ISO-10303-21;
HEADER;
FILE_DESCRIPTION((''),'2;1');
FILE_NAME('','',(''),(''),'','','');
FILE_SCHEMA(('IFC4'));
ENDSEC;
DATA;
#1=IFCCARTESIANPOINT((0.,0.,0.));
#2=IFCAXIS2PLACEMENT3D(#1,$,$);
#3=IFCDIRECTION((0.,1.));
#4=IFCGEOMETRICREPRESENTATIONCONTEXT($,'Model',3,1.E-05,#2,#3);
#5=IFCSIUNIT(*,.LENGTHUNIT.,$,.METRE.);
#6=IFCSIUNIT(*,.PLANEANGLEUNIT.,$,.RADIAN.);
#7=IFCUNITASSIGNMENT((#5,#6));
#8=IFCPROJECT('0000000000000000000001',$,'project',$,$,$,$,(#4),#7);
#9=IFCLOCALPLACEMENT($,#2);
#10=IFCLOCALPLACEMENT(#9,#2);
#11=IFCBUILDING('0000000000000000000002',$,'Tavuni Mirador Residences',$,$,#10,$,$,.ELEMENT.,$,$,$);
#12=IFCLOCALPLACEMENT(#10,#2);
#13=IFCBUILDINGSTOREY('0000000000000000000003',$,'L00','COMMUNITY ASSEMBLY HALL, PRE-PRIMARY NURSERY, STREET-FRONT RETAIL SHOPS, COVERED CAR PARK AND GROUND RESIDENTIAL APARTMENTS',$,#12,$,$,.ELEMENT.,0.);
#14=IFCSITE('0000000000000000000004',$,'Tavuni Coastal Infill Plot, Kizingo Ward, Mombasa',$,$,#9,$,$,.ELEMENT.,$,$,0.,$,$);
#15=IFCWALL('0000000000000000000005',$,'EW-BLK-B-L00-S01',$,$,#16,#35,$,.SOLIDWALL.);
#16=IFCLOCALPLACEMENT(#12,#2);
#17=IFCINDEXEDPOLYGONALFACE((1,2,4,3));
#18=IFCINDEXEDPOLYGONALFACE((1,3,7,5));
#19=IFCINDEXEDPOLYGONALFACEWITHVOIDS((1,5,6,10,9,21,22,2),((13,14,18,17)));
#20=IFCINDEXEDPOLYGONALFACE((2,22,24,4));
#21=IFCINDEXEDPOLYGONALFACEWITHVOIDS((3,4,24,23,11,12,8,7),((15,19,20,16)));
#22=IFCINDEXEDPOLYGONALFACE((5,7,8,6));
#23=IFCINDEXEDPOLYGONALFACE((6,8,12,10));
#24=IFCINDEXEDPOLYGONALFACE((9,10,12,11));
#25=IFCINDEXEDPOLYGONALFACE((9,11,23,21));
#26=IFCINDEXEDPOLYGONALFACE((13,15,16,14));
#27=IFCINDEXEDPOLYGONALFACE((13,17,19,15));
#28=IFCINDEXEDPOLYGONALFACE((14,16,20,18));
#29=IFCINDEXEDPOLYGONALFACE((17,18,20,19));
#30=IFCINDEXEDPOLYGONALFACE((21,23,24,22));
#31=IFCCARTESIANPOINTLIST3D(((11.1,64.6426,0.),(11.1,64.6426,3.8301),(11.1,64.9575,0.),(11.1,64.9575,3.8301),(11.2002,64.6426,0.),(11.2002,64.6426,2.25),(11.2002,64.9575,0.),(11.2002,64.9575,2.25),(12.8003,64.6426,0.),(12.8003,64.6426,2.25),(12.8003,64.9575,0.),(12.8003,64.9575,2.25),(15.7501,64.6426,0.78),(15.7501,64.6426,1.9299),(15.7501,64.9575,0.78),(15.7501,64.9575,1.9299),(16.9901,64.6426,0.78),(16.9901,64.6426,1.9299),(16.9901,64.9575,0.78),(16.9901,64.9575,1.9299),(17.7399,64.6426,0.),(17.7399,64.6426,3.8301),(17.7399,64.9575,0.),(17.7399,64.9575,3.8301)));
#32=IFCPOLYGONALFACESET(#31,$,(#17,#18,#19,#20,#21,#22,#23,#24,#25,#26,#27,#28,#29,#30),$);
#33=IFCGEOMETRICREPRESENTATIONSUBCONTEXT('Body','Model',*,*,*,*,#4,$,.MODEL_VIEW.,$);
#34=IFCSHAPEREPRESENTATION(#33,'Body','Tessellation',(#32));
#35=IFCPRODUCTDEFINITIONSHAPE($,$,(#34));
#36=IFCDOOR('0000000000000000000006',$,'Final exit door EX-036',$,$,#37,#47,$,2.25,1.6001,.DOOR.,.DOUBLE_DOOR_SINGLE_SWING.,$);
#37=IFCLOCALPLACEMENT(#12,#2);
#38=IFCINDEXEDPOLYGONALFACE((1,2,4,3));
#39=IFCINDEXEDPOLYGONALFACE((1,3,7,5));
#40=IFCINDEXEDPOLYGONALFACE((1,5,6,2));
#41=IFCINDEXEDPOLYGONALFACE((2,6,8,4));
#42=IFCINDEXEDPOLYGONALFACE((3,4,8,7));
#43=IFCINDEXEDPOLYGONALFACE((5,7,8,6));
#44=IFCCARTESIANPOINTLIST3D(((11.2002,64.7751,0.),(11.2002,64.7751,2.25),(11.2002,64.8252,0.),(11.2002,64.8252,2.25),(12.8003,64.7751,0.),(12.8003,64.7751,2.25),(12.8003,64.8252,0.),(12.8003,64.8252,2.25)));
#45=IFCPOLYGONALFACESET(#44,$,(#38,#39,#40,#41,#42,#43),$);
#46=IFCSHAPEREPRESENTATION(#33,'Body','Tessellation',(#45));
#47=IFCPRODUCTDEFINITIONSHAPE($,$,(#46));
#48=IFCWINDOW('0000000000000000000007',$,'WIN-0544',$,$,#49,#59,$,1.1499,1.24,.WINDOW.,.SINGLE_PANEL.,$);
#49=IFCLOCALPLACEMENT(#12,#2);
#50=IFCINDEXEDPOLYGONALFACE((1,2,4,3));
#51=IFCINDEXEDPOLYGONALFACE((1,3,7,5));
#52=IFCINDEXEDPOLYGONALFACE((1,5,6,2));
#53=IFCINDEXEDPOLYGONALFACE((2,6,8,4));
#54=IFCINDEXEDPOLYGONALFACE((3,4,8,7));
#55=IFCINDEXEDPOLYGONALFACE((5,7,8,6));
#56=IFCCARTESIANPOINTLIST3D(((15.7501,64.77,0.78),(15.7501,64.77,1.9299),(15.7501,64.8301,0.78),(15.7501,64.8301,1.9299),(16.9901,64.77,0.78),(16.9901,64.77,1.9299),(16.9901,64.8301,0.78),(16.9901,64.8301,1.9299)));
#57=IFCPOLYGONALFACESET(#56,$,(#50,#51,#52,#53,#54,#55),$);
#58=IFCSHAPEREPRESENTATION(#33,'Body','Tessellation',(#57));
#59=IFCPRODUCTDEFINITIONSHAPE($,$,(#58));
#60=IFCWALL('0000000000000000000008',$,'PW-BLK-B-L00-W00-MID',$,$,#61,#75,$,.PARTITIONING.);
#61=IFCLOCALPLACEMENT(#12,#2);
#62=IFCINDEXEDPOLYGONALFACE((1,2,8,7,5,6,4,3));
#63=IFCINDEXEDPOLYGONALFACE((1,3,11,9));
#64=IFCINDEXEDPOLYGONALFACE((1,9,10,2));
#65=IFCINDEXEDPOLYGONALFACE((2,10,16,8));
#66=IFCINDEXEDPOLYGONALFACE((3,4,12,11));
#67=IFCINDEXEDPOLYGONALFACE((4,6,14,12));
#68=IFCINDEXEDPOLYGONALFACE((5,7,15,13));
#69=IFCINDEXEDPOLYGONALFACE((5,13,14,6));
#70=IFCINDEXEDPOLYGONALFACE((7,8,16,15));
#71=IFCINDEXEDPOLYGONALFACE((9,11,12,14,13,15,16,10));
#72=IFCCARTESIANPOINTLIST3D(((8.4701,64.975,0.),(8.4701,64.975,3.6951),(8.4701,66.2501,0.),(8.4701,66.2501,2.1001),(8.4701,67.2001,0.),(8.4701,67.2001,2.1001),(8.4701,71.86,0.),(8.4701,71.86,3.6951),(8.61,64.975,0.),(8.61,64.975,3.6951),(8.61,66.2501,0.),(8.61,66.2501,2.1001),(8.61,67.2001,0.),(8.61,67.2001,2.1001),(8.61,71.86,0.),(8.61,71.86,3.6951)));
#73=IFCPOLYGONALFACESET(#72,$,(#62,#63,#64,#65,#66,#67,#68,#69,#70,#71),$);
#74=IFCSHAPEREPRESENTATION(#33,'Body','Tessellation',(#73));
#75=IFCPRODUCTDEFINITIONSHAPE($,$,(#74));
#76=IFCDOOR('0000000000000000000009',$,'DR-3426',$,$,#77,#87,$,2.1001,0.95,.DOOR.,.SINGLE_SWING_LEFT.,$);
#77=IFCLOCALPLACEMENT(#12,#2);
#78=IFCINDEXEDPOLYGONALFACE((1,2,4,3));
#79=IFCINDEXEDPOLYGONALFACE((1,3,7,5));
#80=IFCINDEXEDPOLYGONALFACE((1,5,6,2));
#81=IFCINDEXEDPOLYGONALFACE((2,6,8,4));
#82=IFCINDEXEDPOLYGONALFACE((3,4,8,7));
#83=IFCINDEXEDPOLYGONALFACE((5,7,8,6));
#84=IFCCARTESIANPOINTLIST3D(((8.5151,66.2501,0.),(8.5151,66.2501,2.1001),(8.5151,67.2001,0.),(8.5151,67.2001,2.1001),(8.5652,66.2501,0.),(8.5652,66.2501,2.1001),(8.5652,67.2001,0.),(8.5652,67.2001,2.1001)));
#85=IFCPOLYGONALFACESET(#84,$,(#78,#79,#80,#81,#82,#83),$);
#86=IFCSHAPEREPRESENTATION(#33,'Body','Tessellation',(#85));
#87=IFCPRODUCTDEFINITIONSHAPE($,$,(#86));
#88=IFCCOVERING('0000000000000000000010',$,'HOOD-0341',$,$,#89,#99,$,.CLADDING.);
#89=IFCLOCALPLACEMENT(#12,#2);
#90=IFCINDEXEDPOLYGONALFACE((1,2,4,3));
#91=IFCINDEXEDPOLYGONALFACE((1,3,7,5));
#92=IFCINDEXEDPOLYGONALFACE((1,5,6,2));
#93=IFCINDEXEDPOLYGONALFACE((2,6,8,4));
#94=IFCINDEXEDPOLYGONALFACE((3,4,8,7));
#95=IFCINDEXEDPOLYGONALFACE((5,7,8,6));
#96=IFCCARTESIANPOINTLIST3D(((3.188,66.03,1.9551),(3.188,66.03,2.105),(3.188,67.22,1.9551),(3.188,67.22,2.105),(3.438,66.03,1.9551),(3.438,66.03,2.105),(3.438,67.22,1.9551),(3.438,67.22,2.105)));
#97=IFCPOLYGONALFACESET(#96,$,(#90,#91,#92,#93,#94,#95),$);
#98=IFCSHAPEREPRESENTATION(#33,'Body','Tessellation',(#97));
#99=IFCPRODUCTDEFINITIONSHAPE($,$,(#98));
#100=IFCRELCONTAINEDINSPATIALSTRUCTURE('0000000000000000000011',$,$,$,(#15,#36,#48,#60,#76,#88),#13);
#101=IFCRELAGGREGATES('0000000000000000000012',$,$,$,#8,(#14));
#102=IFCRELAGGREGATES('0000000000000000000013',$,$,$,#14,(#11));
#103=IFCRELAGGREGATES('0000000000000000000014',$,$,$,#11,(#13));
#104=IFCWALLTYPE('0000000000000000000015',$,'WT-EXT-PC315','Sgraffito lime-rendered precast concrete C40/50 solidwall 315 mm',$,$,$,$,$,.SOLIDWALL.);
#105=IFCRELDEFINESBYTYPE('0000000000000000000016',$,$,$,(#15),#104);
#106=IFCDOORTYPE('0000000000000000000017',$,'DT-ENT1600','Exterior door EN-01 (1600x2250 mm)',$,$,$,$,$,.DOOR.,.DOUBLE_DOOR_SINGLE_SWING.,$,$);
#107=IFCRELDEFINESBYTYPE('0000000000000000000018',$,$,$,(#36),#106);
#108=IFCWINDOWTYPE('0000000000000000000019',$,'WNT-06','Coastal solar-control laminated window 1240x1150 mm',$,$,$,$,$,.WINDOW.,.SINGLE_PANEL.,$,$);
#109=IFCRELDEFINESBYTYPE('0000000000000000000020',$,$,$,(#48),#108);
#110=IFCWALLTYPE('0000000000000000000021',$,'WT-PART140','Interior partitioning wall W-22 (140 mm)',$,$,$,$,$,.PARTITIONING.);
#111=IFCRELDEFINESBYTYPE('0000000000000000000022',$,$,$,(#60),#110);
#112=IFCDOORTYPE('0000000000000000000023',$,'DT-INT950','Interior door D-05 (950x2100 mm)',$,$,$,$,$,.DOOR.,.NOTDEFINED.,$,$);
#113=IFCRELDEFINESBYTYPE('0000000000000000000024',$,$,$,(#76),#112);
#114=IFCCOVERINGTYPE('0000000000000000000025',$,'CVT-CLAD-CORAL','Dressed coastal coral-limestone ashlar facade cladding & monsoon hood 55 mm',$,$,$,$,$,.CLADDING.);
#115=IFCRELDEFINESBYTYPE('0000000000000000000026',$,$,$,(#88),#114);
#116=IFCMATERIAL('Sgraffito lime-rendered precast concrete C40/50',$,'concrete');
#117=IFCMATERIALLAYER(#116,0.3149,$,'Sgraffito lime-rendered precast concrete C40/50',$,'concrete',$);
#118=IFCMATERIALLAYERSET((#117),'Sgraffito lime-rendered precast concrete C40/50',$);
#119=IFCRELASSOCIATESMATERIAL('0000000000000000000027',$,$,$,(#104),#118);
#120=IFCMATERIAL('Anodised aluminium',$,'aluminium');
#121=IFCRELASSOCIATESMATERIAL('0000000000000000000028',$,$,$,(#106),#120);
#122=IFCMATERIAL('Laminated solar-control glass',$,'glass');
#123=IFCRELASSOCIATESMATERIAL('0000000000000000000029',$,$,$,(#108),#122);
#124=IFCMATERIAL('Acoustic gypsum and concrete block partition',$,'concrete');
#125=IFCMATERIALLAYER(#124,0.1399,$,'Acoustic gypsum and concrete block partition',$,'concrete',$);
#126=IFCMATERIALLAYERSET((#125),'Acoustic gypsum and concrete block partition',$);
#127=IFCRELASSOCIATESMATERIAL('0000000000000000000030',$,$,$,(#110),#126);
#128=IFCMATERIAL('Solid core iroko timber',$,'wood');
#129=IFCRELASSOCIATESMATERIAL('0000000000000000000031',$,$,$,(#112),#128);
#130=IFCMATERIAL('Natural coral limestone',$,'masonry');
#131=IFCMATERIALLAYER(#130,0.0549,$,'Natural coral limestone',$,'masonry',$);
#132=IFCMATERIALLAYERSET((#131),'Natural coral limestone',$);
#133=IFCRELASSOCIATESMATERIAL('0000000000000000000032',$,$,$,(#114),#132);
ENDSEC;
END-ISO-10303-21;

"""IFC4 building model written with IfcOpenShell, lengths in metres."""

from ifc_helpers import new_model, si_unit, direction, frame, frame_2d, origin, origin_2d, place, context, subcontext, project, spatial, rectangle, extrude, material, layer, layer_set, type_object, element, fill, save


model = new_model("IFC4")

# Units and contexts
model_context = context("Model", 3, precision=1e-05, world=origin(), true_north=direction((0.0, 1.0)))
body_context = subcontext(model_context, "Body", "Model", "MODEL_VIEW")
ifc_project = project(units=[si_unit("LENGTHUNIT", "METRE"), si_unit("PLANEANGLEUNIT", "RADIAN")], contexts=[model_context])

# Site, building, storey
site_placement = place(None, origin())
site = spatial("IfcSite", under=ifc_project, at=site_placement, Name="Tavuni Coastal Infill Plot, Kizingo Ward, Mombasa", CompositionType="ELEMENT", RefElevation=0.0)
building_placement = place(site_placement, origin())
building = spatial("IfcBuilding", under=site, at=building_placement, Name="Tavuni Mirador Residences", CompositionType="ELEMENT")
storey_placement = place(building_placement, origin())
storey = spatial("IfcBuildingStorey", under=building, at=storey_placement, Name="L00", Description="COMMUNITY ASSEMBLY HALL, PRE-PRIMARY NURSERY, STREET-FRONT RETAIL SHOPS, COVERED CAR PARK AND GROUND RESIDENTIAL APARTMENTS", CompositionType="ELEMENT", Elevation=0.0)

# Shared definitions
ifc_material_1 = material(Name="Solid core iroko timber", Category="wood")

# Shared definitions
ifc_material_2 = material(Name="Laminated solar-control glass", Category="glass")
ifc_material_3 = material(Name="Sgraffito lime-rendered precast concrete C40/50", Category="concrete")

# Wall, openings, door, window
ifc_layer_1 = layer(ifc_material_3, 0.3149, Name="Sgraffito lime-rendered precast concrete C40/50", Category="concrete")
ifc_layer_set_1 = layer_set([ifc_layer_1], Name="Sgraffito lime-rendered precast concrete C40/50")
wall_type_1 = type_object("IfcWallType", Name="WT-EXT-PC315", Description="Sgraffito lime-rendered precast concrete C40/50 solidwall 315 mm", PredefinedType="SOLIDWALL", material=ifc_layer_set_1)
wall_1_placement = place(storey_placement, frame((11.1001, 64.8, 0.0), z_axis=(0.0, 0.0, 1.0), x_axis=(1.0, 0.0, 0.0)))
wall_1 = element("IfcWall", 1, at=wall_1_placement, inside=storey, type_object=wall_type_1, Name="EW-BLK-B-L00-S01", PredefinedType="SOLIDWALL", context=body_context, shape_type="SweptSolid", body=[
    extrude(rectangle(XDim=6.6399, YDim=0.3149, at=frame_2d((3.3198, 0.0))), origin(), (0.0, 0.0, 1.0), 3.8301),
])
opening_1_placement = place(wall_1_placement, frame((4.6499, 0.0, 0.78)))
opening_1 = element("IfcOpeningElement", 2, at=opening_1_placement, cuts=wall_1, PredefinedType="OPENING", context=body_context, shape_type="SweptSolid", body=[
    extrude(rectangle(XDim=1.24, YDim=1.1499, at=frame_2d((0.6201, 0.575))), frame((0.0, 0.1675, 0.0), z_axis=(0.0, -1.0, 0.0), x_axis=(1.0, 0.0, 0.0)), (0.0, 0.0, 1.0), 0.335),
])
opening_2_placement = place(wall_1_placement, frame((0.1001, 0.0, 0.0)))
opening_2 = element("IfcOpeningElement", 3, at=opening_2_placement, cuts=wall_1, PredefinedType="OPENING", context=body_context, shape_type="SweptSolid", body=[
    extrude(rectangle(XDim=1.6001, YDim=2.25, at=frame_2d((0.8, 1.125))), frame((0.0, 0.1675, 0.0), z_axis=(0.0, -1.0, 0.0), x_axis=(1.0, 0.0, 0.0)), (0.0, 0.0, 1.0), 0.335),
])
ifc_material_4 = material(Name="Anodised aluminium", Category="aluminium")
door_type_1 = type_object("IfcDoorType", Name="DT-ENT1600", Description="Exterior door EN-01 (1600x2250 mm)", OperationType="DOUBLE_DOOR_SINGLE_SWING", PredefinedType="DOOR", material=ifc_material_4)
door_1_placement = place(opening_2_placement, frame((1.6001, 0.0, 0.0), z_axis=(0.0, 0.0, 1.0), x_axis=(-1.0, 0.0, 0.0)))
door_1 = element("IfcDoor", 4, at=door_1_placement, inside=storey, type_object=door_type_1, Name="Final exit door EX-036", OperationType="DOUBLE_DOOR_SINGLE_SWING", OverallHeight=2.25, OverallWidth=1.6001, PredefinedType="DOOR", context=body_context, shape_type="SweptSolid", body=[
    extrude(rectangle(XDim=1.6001, YDim=2.25, at=frame_2d((0.8, 1.125))), frame((0.0, 0.0249, 0.0), z_axis=(0.0, -1.0, 0.0), x_axis=(1.0, 0.0, 0.0)), (0.0, 0.0, 1.0), 0.05),
])
fill(opening_2, door_1)
window_type_1 = type_object("IfcWindowType", Name="WNT-06", Description="Coastal solar-control laminated window 1240x1150 mm", PartitioningType="SINGLE_PANEL", PredefinedType="WINDOW", material=ifc_material_2)
window_1_placement = place(opening_1_placement, origin())
window_1 = element("IfcWindow", 5, at=window_1_placement, inside=storey, type_object=window_type_1, Name="WIN-0544", OverallHeight=1.1499, OverallWidth=1.24, PartitioningType="SINGLE_PANEL", PredefinedType="WINDOW", context=body_context, shape_type="SweptSolid", body=[
    extrude(rectangle(XDim=1.24, YDim=1.1499, at=frame_2d((0.6201, 0.575))), frame((0.0, 0.03, 0.0), z_axis=(0.0, -1.0, 0.0), x_axis=(1.0, 0.0, 0.0)), (0.0, 0.0, 1.0), 0.0601),
])
fill(opening_1, window_1)

# Wall, opening, door
ifc_material_5 = material(Name="Acoustic gypsum and concrete block partition", Category="concrete")
ifc_layer_2 = layer(ifc_material_5, 0.1399, Name="Acoustic gypsum and concrete block partition", Category="concrete")
ifc_layer_set_2 = layer_set([ifc_layer_2], Name="Acoustic gypsum and concrete block partition")
wall_type_2 = type_object("IfcWallType", Name="WT-PART140", Description="Interior partitioning wall W-22 (140 mm)", PredefinedType="PARTITIONING", material=ifc_layer_set_2)
wall_2_placement = place(storey_placement, frame((8.54, 64.9751, 0.0), z_axis=(0.0, 0.0, 1.0), x_axis=(0.0, 1.0, 0.0)))
wall_2 = element("IfcWall", 6, at=wall_2_placement, inside=storey, type_object=wall_type_2, Name="PW-BLK-B-L00-W00-MID", PredefinedType="PARTITIONING", context=body_context, shape_type="SweptSolid", body=[
    extrude(rectangle(XDim=6.885, YDim=0.1399, at=frame_2d((3.4424, 0.0))), origin(), (0.0, 0.0, 1.0), 3.6951),
])
opening_3_placement = place(wall_2_placement, frame((1.2749, 0.0, 0.0)))
opening_3 = element("IfcOpeningElement", 7, at=opening_3_placement, cuts=wall_2, PredefinedType="OPENING", context=body_context, shape_type="SweptSolid", body=[
    extrude(rectangle(XDim=0.95, YDim=2.1001, at=frame_2d((0.4751, 1.05))), frame((0.0, 0.0801, 0.0), z_axis=(0.0, -1.0, 0.0), x_axis=(1.0, 0.0, 0.0)), (0.0, 0.0, 1.0), 0.1599),
])
door_type_2 = type_object("IfcDoorType", Name="DT-INT950", Description="Interior door D-05 (950x2100 mm)", OperationType="NOTDEFINED", PredefinedType="DOOR", material=ifc_material_1)
door_2_placement = place(opening_3_placement, origin())
door_2 = element("IfcDoor", 8, at=door_2_placement, inside=storey, type_object=door_type_2, Name="DR-3426", OperationType="SINGLE_SWING_LEFT", OverallHeight=2.1001, OverallWidth=0.95, PredefinedType="DOOR", context=body_context, shape_type="SweptSolid", body=[
    extrude(rectangle(XDim=0.95, YDim=2.1001, at=frame_2d((0.4751, 1.05))), frame((0.0, 0.0249, 0.0), z_axis=(0.0, -1.0, 0.0), x_axis=(1.0, 0.0, 0.0)), (0.0, 0.0, 1.0), 0.05),
])
fill(opening_3, door_2)

# Covering
ifc_material_6 = material(Name="Natural coral limestone", Category="masonry")
ifc_layer_3 = layer(ifc_material_6, 0.0549, Name="Natural coral limestone", Category="masonry")
ifc_layer_set_3 = layer_set([ifc_layer_3], Name="Natural coral limestone")
covering_type = type_object("IfcCoveringType", Name="CVT-CLAD-CORAL", Description="Dressed coastal coral-limestone ashlar facade cladding & monsoon hood 55 mm", PredefinedType="CLADDING", material=ifc_layer_set_3)
covering_placement = place(storey_placement, frame((3.313, 66.625, 1.9551), z_axis=(0.0, 0.0, 1.0), x_axis=(0.0, -1.0, 0.0)))
element("IfcCovering", 9, at=covering_placement, inside=storey, type_object=covering_type, Name="HOOD-0341", PredefinedType="CLADDING", context=body_context, shape_type="SweptSolid", body=[
    extrude(rectangle(XDim=1.1899, YDim=0.25, at=origin_2d()), origin(), (0.0, 0.0, 1.0), 0.1499),
])

save(model, "model.ifc")
